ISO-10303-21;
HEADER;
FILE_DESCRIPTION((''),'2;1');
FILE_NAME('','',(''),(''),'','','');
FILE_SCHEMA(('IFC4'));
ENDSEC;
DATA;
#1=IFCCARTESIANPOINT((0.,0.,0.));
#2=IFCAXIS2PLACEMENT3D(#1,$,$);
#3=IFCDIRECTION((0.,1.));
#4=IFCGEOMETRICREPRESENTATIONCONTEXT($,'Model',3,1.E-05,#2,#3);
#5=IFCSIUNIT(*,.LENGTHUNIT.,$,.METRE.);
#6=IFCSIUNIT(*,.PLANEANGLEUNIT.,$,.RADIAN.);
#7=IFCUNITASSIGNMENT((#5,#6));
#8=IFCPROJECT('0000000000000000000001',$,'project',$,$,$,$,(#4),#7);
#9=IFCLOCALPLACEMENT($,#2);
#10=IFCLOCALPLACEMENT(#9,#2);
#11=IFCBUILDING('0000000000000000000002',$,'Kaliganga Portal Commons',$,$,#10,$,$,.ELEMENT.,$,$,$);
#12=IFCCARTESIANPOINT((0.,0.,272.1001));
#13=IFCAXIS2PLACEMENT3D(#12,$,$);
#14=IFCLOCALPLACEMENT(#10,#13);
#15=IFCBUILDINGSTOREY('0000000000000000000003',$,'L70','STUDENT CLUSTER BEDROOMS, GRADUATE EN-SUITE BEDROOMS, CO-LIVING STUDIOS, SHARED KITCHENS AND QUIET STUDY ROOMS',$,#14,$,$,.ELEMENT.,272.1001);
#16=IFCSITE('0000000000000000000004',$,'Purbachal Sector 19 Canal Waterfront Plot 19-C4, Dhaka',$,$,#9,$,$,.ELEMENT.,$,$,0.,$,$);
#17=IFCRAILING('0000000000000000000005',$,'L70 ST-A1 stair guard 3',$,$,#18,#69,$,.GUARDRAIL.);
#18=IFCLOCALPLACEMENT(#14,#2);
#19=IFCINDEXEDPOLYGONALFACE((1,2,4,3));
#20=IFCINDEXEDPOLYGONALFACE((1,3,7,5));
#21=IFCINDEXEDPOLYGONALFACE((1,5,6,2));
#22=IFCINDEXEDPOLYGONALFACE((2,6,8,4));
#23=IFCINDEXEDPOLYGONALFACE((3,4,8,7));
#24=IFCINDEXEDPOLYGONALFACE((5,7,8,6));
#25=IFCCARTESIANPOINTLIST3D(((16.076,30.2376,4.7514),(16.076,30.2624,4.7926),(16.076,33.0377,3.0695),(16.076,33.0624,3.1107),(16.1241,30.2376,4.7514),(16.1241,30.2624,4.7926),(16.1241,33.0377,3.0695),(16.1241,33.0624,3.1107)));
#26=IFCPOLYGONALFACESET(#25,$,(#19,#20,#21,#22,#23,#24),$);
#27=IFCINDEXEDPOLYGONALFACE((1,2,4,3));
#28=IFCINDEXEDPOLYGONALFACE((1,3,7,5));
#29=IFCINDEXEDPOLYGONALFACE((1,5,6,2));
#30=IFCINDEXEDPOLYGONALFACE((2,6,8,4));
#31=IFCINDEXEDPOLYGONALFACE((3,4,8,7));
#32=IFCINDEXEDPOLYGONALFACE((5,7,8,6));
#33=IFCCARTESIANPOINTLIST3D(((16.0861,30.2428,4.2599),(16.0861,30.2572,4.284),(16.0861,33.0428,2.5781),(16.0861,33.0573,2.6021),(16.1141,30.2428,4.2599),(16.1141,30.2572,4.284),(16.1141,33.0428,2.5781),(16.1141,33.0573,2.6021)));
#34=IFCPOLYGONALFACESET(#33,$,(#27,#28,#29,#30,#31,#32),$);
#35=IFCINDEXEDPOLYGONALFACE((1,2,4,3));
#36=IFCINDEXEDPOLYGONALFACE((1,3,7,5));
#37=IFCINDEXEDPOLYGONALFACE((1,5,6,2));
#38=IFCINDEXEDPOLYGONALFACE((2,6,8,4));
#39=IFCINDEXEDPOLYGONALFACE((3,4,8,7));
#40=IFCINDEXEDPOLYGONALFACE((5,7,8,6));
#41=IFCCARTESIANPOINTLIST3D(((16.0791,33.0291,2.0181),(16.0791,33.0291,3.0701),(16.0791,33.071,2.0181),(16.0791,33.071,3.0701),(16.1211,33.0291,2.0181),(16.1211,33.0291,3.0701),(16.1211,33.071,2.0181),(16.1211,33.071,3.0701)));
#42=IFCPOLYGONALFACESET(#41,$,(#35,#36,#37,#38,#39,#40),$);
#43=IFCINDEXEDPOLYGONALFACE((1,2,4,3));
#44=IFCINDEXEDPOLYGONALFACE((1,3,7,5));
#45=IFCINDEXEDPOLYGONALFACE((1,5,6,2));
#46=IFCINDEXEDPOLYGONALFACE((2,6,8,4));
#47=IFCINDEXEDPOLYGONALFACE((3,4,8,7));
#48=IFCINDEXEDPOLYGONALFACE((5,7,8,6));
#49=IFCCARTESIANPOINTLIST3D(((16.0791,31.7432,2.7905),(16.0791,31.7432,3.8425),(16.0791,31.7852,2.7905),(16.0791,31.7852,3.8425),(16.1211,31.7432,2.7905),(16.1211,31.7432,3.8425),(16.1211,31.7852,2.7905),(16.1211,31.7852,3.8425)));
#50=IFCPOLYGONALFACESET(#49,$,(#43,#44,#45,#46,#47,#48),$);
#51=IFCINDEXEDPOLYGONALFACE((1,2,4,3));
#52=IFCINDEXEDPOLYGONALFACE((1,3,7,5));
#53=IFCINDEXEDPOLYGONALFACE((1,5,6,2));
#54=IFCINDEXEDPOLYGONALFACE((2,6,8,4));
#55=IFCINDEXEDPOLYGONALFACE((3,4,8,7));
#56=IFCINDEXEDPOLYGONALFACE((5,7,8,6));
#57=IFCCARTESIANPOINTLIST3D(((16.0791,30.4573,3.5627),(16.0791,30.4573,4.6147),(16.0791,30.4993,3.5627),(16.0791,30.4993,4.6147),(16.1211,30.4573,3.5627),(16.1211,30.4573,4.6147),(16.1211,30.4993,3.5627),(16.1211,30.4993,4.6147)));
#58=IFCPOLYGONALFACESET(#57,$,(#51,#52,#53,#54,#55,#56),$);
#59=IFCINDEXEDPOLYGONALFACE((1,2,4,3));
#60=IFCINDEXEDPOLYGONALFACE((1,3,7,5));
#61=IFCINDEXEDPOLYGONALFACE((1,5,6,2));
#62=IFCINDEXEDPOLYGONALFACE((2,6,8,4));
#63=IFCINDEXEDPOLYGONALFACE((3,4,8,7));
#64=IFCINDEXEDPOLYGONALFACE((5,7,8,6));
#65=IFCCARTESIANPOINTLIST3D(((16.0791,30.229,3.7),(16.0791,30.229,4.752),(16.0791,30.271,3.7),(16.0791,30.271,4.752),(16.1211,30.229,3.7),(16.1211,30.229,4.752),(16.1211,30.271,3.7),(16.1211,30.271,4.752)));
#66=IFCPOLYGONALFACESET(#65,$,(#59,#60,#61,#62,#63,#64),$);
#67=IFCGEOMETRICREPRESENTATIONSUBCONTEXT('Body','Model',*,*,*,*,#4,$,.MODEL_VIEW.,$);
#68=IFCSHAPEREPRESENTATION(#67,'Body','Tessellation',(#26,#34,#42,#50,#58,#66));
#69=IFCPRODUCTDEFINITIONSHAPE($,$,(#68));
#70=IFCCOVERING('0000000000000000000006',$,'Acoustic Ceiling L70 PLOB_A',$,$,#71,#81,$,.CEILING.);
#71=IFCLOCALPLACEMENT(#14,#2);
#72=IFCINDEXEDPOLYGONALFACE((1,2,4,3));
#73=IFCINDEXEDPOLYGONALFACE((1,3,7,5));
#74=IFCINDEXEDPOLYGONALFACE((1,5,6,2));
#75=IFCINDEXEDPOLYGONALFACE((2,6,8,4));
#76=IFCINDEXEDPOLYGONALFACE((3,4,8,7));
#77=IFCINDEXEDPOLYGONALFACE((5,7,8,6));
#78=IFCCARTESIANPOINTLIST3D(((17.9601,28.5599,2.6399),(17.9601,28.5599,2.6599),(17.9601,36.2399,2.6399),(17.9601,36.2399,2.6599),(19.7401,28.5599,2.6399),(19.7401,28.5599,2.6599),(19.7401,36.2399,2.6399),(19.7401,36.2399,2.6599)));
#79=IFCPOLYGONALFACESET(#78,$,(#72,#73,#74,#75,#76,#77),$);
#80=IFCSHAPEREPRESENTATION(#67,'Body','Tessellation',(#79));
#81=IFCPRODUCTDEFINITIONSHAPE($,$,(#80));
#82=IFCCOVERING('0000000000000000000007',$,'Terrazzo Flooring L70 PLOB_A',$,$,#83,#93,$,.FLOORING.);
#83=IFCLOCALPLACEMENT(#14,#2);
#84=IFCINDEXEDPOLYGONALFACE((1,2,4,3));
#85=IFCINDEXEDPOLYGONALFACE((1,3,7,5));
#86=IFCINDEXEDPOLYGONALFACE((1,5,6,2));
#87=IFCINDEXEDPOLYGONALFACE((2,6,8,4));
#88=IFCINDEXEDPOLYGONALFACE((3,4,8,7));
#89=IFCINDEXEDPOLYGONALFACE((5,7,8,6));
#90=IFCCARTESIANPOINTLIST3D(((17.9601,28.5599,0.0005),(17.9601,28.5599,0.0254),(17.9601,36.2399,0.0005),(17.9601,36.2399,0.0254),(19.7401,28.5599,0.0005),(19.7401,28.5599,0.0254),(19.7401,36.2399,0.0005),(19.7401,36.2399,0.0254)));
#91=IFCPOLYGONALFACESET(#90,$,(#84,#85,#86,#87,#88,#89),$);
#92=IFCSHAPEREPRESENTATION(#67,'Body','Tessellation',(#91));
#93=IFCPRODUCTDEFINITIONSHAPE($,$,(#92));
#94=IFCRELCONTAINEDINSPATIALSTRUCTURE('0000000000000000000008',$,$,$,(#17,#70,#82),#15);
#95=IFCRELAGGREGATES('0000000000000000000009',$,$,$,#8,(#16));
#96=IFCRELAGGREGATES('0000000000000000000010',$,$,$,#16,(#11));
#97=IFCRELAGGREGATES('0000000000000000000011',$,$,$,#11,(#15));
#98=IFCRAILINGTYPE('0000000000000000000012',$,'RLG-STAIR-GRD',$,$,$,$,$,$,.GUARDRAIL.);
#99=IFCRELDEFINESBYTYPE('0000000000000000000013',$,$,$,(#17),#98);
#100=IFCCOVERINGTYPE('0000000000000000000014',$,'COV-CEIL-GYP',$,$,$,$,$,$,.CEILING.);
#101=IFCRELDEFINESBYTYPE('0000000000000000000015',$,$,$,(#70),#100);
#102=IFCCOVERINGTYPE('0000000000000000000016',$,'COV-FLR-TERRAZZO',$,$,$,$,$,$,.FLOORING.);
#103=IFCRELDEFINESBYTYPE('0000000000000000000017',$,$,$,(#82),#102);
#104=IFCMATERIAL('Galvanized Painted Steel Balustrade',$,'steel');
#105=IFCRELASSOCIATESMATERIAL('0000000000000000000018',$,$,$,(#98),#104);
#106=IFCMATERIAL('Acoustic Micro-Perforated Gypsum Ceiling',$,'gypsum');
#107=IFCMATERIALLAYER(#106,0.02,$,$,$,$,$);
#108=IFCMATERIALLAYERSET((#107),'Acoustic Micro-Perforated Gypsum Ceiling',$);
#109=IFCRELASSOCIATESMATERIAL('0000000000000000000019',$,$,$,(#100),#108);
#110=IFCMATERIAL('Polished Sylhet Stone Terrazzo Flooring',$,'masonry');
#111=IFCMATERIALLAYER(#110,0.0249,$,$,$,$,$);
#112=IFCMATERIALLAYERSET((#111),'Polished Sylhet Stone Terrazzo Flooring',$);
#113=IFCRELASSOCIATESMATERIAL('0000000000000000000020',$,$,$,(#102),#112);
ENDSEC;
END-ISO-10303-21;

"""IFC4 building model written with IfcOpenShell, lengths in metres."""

from ifc_helpers import new_model, si_unit, direction, frame, origin, origin_2d, place, context, subcontext, project, spatial, rectangle, extrude, source, transform, mapped, material, layer, layer_set, type_object, element, save


model = new_model("IFC4")

# Units and contexts
model_context = context("Model", 3, precision=1e-05, world=origin(), true_north=direction((0.0, 1.0)))
body_context = subcontext(model_context, "Body", "Model", "MODEL_VIEW")
ifc_project = project(units=[si_unit("LENGTHUNIT", "METRE"), si_unit("PLANEANGLEUNIT", "RADIAN")], contexts=[model_context])

# Site, building, storey
site_placement = place(None, origin())
site = spatial("IfcSite", under=ifc_project, at=site_placement, Name="Purbachal Sector 19 Canal Waterfront Plot 19-C4, Dhaka", CompositionType="ELEMENT", RefElevation=0.0)
building_placement = place(site_placement, origin())
building = spatial("IfcBuilding", under=site, at=building_placement, Name="Kaliganga Portal Commons", CompositionType="ELEMENT")
storey_placement = place(building_placement, frame((0.0, 0.0, 272.1001)))
storey = spatial("IfcBuildingStorey", under=building, at=storey_placement, Name="L70", Description="STUDENT CLUSTER BEDROOMS, GRADUATE EN-SUITE BEDROOMS, CO-LIVING STUDIOS, SHARED KITCHENS AND QUIET STUDY ROOMS", CompositionType="ELEMENT", Elevation=272.1001)

# Railing
ifc_material_1 = material(Name="Galvanized Painted Steel Balustrade", Category="steel")
railing_type = type_object("IfcRailingType", Name="RLG-STAIR-GRD", PredefinedType="GUARDRAIL", material=ifc_material_1)
railing_1_placement = place(storey_placement, frame((16.1001, 33.05, 2.0181)))
element("IfcRailing", 1, at=railing_1_placement, inside=storey, type_object=railing_type, Name="L70 ST-A1 stair guard 3", PredefinedType="GUARDRAIL", context=body_context, shape_type="SweptSolid", body=[
    extrude(rectangle(XDim=0.0481, YDim=0.0481, at=origin_2d()), frame((0.0, 0.0, 1.072), z_axis=(0.0, -0.857242, 0.514913), x_axis=(1.0, 0.0, 0.0)), (0.0, 0.0, 1.0), 3.2664),
    extrude(rectangle(XDim=0.0281, YDim=0.0281, at=origin_2d()), frame((0.0, 0.0, 0.572), z_axis=(0.0, -0.857242, 0.514913), x_axis=(1.0, 0.0, 0.0)), (0.0, 0.0, 1.0), 3.2664),
    extrude(rectangle(XDim=0.042, YDim=0.042, at=origin_2d()), origin(), (0.0, 0.0, 1.0), 1.052),
    extrude(rectangle(XDim=0.042, YDim=0.042, at=origin_2d()), frame((0.0, -1.2859, 0.7725)), (0.0, 0.0, 1.0), 1.052),
    extrude(rectangle(XDim=0.042, YDim=0.042, at=origin_2d()), frame((0.0, -2.5718, 1.5447)), (0.0, 0.0, 1.0), 1.052),
    extrude(rectangle(XDim=0.042, YDim=0.042, at=origin_2d()), frame((0.0, -2.8, 1.6819)), (0.0, 0.0, 1.0), 1.052),
])

# Coverings
ifc_material_2 = material(Name="Acoustic Micro-Perforated Gypsum Ceiling", Category="gypsum")
ifc_layer_1 = layer(ifc_material_2, 0.02)
ifc_layer_set_1 = layer_set([ifc_layer_1], Name="Acoustic Micro-Perforated Gypsum Ceiling")
covering_type_1 = type_object("IfcCoveringType", Name="COV-CEIL-GYP", PredefinedType="CEILING", material=ifc_layer_set_1)
shared_shape_1 = source(origin(), body_context, "Body", "SweptSolid", [
    extrude(rectangle(XDim=1.78, YDim=7.6799, at=origin_2d()), origin(), (0.0, 0.0, 1.0), 0.02),
])
covering_1_placement = place(storey_placement, frame((18.8501, 32.3999, 2.6399), z_axis=(0.0, 0.0, 1.0), x_axis=(1.0, 0.0, 0.0)))
element("IfcCovering", 2, at=covering_1_placement, inside=storey, type_object=covering_type_1, Name="Acoustic Ceiling L70 PLOB_A", PredefinedType="CEILING", context=body_context, shape_type="MappedRepresentation", body=[
    mapped(shared_shape_1, transform((0.0, 0.0, 0.0), x_axis=(1.0, 0.0, 0.0), y_axis=(0.0, 1.0, 0.0), z_axis=(0.0, 0.0, 1.0), scale=1.0)),
])
ifc_material_3 = material(Name="Polished Sylhet Stone Terrazzo Flooring", Category="masonry")
ifc_layer_2 = layer(ifc_material_3, 0.0249)
ifc_layer_set_2 = layer_set([ifc_layer_2], Name="Polished Sylhet Stone Terrazzo Flooring")
covering_type_2 = type_object("IfcCoveringType", Name="COV-FLR-TERRAZZO", PredefinedType="FLOORING", material=ifc_layer_set_2)
shared_shape_2 = source(origin(), body_context, "Body", "SweptSolid", [
    extrude(rectangle(XDim=1.78, YDim=7.6799, at=origin_2d()), origin(), (0.0, 0.0, 1.0), 0.0249),
])
covering_2_placement = place(storey_placement, frame((18.8501, 32.3999, 0.0005), z_axis=(0.0, 0.0, 1.0), x_axis=(1.0, 0.0, 0.0)))
element("IfcCovering", 3, at=covering_2_placement, inside=storey, type_object=covering_type_2, Name="Terrazzo Flooring L70 PLOB_A", PredefinedType="FLOORING", context=body_context, shape_type="MappedRepresentation", body=[
    mapped(shared_shape_2, transform((0.0, 0.0, 0.0), x_axis=(1.0, 0.0, 0.0), y_axis=(0.0, 1.0, 0.0), z_axis=(0.0, 0.0, 1.0), scale=1.0)),
])

save(model, "model.ifc")
